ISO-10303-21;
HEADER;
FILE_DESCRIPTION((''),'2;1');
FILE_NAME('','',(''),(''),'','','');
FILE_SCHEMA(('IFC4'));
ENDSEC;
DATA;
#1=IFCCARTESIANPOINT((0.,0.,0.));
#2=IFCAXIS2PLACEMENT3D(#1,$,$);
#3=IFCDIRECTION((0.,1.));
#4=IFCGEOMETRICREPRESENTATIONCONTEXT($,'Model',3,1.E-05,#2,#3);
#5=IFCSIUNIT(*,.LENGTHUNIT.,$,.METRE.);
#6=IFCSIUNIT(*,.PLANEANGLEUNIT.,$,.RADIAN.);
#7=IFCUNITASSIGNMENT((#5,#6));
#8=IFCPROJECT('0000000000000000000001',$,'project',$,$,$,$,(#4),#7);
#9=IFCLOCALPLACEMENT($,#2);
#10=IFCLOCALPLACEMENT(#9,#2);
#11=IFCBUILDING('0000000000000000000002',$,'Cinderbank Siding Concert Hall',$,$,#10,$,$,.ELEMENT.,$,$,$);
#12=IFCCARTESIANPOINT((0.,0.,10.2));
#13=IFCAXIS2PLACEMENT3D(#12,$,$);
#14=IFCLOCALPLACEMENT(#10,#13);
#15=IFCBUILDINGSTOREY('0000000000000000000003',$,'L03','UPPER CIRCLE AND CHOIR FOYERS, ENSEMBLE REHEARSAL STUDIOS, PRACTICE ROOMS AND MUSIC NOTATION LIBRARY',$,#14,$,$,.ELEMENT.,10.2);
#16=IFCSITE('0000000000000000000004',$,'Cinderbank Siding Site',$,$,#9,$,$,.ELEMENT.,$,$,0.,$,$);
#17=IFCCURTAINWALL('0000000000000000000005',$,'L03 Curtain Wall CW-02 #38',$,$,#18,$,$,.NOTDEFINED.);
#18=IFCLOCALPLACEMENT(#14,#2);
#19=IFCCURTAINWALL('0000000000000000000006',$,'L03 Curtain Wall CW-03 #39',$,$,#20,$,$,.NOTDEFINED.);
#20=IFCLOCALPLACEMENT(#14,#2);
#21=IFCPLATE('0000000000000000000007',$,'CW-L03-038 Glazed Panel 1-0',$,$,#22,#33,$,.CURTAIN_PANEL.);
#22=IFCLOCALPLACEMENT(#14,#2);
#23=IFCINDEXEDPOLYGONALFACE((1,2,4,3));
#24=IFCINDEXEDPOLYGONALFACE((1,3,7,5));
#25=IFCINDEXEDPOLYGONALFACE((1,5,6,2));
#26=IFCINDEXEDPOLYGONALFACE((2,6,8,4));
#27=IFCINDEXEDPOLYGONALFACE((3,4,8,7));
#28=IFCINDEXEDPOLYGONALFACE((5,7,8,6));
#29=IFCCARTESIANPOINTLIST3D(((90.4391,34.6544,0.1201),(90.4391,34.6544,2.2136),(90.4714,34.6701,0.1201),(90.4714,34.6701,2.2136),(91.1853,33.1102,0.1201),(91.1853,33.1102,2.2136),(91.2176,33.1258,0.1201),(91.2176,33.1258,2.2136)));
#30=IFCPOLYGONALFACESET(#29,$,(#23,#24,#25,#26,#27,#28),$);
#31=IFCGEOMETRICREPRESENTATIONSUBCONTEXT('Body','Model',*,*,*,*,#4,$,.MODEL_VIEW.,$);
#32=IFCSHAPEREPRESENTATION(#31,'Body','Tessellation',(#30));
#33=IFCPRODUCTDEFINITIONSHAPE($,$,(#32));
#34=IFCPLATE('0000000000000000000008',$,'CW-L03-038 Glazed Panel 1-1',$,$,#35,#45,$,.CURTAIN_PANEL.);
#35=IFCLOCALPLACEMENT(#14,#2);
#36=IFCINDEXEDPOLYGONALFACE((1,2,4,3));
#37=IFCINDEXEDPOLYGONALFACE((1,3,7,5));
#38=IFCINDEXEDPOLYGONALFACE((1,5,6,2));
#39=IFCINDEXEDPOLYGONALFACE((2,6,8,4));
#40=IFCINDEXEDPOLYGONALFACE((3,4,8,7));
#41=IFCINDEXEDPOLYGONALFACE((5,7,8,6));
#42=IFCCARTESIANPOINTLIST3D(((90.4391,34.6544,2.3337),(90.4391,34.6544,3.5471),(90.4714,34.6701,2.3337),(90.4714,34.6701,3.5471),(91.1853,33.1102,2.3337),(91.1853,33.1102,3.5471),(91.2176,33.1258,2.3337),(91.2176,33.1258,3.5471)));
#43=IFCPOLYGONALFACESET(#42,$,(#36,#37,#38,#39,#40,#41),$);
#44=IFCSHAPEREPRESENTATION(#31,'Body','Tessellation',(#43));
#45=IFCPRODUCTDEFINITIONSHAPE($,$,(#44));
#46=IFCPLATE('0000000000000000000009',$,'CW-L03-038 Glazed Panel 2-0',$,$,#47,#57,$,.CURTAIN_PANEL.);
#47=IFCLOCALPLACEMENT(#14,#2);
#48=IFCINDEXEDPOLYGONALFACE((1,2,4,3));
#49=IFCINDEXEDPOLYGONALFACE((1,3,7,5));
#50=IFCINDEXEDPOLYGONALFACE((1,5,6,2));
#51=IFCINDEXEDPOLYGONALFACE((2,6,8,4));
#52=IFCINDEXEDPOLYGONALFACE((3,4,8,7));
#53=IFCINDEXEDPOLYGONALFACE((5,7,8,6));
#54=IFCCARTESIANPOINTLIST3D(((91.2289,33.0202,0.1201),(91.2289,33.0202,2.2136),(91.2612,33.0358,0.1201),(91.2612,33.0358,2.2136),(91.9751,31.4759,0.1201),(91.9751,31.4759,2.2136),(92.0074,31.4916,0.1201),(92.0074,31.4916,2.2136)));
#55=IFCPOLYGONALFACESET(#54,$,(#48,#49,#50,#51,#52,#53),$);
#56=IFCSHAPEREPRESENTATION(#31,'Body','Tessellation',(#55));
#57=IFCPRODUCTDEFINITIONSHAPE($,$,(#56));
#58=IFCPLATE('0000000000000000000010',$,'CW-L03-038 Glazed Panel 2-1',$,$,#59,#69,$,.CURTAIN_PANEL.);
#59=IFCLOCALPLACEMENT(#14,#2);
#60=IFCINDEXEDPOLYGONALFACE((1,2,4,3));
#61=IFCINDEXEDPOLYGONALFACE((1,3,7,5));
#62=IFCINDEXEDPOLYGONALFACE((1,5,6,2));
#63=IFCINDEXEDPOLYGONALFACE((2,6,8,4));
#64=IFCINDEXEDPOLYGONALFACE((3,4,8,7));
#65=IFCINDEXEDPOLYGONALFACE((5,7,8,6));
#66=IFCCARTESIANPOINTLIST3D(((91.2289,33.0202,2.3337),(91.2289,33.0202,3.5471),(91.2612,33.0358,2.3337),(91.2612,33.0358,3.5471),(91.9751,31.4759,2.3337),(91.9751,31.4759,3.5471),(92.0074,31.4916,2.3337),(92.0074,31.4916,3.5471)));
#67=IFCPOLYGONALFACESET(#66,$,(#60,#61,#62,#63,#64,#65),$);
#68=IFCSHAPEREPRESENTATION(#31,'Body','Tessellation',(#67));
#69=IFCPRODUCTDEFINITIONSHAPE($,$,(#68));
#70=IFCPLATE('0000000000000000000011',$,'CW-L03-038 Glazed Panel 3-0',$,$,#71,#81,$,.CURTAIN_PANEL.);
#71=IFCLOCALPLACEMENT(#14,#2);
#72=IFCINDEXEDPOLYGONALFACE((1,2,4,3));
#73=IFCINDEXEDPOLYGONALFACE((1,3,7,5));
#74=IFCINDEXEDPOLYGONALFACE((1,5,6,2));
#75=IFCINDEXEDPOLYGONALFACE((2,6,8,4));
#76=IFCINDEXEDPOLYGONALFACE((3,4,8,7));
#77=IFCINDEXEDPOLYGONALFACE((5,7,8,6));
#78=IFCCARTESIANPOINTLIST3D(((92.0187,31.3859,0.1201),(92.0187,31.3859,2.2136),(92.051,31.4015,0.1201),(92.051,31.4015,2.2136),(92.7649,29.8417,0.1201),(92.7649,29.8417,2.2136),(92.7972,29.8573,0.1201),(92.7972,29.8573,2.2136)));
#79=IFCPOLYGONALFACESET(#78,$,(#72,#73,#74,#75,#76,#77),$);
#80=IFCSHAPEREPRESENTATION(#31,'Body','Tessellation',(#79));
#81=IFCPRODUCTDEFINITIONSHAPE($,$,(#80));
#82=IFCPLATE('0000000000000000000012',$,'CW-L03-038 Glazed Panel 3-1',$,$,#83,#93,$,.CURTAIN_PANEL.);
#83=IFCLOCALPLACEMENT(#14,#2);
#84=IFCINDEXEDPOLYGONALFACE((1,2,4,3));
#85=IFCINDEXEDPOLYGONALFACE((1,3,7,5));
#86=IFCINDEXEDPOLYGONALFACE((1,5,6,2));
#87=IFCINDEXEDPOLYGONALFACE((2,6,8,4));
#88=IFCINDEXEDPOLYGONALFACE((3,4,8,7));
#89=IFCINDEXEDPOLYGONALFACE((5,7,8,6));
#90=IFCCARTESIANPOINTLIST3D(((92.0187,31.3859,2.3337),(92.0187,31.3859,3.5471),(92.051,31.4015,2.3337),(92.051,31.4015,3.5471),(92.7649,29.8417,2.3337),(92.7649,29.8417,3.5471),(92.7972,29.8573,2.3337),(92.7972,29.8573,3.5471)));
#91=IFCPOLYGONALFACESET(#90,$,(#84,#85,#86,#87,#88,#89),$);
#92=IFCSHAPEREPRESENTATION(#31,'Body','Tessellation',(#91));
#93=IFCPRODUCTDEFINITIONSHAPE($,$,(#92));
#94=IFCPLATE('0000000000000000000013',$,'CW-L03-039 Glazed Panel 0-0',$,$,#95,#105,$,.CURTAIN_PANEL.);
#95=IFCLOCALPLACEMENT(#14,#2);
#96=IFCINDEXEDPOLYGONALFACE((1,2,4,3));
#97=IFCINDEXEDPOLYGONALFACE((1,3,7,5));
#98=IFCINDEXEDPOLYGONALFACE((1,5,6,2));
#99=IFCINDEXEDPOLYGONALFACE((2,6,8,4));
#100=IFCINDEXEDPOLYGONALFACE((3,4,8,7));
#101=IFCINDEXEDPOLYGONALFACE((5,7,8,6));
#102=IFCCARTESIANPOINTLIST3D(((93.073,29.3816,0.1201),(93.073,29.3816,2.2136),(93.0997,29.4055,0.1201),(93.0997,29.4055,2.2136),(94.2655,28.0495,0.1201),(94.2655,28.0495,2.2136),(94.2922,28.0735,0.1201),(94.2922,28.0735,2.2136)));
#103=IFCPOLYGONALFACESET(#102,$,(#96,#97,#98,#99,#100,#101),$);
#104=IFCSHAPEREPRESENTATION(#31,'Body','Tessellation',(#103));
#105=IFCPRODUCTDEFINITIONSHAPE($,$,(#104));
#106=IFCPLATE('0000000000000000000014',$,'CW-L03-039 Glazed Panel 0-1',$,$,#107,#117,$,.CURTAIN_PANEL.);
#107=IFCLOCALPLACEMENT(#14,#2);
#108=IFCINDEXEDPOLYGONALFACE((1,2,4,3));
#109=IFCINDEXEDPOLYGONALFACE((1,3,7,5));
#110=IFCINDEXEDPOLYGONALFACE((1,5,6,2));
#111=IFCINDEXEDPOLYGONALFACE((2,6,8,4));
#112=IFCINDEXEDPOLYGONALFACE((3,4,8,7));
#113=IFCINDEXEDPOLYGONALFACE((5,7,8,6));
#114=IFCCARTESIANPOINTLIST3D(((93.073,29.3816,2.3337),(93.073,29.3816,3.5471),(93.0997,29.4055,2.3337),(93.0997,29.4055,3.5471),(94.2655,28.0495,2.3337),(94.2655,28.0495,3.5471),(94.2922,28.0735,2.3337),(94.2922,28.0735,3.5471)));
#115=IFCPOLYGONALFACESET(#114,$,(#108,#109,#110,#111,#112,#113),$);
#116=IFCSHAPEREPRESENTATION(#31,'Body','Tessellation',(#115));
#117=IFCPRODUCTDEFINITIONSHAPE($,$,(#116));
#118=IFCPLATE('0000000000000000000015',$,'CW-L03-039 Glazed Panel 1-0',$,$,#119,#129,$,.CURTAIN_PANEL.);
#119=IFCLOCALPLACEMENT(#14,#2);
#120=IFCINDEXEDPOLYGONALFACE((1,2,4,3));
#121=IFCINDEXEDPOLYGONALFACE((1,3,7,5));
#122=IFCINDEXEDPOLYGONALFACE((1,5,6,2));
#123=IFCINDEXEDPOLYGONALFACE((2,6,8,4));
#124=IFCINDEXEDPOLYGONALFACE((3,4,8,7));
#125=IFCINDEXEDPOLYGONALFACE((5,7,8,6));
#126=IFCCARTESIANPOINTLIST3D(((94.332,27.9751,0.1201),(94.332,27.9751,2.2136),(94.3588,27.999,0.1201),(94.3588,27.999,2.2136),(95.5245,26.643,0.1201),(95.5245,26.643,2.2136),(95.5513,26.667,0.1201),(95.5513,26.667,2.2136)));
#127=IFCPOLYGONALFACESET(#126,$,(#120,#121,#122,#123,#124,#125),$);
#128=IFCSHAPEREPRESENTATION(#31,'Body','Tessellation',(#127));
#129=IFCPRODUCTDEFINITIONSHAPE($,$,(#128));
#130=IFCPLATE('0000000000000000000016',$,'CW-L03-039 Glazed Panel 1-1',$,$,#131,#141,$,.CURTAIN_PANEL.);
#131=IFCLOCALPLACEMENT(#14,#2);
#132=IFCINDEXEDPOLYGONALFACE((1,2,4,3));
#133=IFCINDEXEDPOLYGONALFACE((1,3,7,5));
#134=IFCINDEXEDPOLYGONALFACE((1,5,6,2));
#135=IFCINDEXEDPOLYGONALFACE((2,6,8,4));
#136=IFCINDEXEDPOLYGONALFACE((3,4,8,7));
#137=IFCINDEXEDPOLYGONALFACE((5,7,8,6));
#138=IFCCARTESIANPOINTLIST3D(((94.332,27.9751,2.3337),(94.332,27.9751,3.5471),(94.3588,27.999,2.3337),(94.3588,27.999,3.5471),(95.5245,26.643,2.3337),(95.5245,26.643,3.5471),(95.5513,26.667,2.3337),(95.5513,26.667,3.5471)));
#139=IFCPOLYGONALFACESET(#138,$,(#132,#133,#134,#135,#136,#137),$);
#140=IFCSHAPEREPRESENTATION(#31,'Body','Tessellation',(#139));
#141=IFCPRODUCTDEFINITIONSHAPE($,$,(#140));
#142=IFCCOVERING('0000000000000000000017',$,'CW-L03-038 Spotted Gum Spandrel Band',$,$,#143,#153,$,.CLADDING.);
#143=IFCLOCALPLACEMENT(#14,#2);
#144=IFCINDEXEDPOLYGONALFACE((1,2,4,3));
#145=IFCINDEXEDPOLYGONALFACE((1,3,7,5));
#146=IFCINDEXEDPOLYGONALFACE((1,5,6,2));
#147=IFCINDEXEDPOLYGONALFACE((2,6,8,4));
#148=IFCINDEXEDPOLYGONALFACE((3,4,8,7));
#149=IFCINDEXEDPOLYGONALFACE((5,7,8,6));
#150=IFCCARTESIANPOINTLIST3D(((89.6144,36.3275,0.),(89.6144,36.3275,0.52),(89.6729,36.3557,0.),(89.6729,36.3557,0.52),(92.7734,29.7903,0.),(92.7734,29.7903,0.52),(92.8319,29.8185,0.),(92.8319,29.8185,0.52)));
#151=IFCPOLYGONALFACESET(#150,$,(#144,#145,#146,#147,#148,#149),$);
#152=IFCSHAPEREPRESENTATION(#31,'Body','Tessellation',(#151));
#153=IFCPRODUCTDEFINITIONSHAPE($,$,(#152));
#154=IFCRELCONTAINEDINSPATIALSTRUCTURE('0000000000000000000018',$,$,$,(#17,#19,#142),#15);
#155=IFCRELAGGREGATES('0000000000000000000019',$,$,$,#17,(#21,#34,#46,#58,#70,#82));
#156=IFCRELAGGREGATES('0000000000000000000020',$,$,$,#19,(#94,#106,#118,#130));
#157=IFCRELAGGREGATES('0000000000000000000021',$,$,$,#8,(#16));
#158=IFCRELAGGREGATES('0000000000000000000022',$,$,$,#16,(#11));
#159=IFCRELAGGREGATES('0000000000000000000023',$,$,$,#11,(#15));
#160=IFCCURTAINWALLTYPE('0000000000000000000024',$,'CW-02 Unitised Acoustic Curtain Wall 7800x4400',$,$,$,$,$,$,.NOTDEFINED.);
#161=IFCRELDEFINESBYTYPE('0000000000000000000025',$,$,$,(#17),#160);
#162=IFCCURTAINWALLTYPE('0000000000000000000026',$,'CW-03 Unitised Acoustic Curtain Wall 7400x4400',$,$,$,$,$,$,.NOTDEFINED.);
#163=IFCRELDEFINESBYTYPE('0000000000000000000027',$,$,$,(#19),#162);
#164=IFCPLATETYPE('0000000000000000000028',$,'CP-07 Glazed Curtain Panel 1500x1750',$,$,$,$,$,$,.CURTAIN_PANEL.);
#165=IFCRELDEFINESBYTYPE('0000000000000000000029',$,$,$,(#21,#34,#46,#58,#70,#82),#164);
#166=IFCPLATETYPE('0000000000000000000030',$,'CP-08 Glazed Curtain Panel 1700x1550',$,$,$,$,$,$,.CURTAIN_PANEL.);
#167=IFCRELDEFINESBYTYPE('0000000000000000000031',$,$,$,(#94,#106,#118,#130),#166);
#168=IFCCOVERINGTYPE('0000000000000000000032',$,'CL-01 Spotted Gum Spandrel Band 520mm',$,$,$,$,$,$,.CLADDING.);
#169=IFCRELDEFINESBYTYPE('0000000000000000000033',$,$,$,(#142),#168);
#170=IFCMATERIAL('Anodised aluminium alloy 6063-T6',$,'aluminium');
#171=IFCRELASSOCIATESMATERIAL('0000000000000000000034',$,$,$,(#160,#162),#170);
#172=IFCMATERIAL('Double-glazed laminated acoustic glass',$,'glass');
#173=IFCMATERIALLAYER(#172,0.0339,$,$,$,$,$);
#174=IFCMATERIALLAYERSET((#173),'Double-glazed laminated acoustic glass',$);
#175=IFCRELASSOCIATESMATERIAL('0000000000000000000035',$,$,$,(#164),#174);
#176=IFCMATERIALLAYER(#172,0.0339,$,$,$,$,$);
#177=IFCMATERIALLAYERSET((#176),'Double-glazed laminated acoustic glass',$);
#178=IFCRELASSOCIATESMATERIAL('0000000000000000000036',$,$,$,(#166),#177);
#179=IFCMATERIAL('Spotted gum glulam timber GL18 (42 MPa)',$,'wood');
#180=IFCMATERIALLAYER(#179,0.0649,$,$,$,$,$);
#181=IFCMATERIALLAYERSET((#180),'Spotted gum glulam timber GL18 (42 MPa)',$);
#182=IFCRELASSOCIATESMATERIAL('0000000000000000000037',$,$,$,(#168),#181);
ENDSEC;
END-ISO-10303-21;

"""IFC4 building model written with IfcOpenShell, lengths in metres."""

from ifc_helpers import new_model, si_unit, direction, frame, origin, origin_2d, place, context, subcontext, project, spatial, rectangle, extrude, material, layer, layer_set, type_object, element, aggregate, save


model = new_model("IFC4")

# Units and contexts
model_context = context("Model", 3, precision=1e-05, world=origin(), true_north=direction((0.0, 1.0)))
body_context = subcontext(model_context, "Body", "Model", "MODEL_VIEW")
ifc_project = project(units=[si_unit("LENGTHUNIT", "METRE"), si_unit("PLANEANGLEUNIT", "RADIAN")], contexts=[model_context])

# Site, building, storey
site_placement = place(None, origin())
site = spatial("IfcSite", under=ifc_project, at=site_placement, Name="Cinderbank Siding Site", CompositionType="ELEMENT", RefElevation=0.0)
building_placement = place(site_placement, origin())
building = spatial("IfcBuilding", under=site, at=building_placement, Name="Cinderbank Siding Concert Hall", CompositionType="ELEMENT")
storey_placement = place(building_placement, frame((0.0, 0.0, 10.2)))
storey = spatial("IfcBuildingStorey", under=building, at=storey_placement, Name="L03", Description="UPPER CIRCLE AND CHOIR FOYERS, ENSEMBLE REHEARSAL STUDIOS, PRACTICE ROOMS AND MUSIC NOTATION LIBRARY", CompositionType="ELEMENT", Elevation=10.2)

# Curtain walls
ifc_material_1 = material(Name="Anodised aluminium alloy 6063-T6", Category="aluminium")
curtain_wall_type_1 = type_object("IfcCurtainWallType", Name="CW-02 Unitised Acoustic Curtain Wall 7800x4400", PredefinedType="NOTDEFINED", material=ifc_material_1)
curtain_wall_1_placement = place(storey_placement, origin())
curtain_wall_1 = element("IfcCurtainWall", 1, at=curtain_wall_1_placement, inside=storey, type_object=curtain_wall_type_1, Name="L03 Curtain Wall CW-02 #38", PredefinedType="NOTDEFINED")
curtain_wall_type_2 = type_object("IfcCurtainWallType", Name="CW-03 Unitised Acoustic Curtain Wall 7400x4400", PredefinedType="NOTDEFINED", material=ifc_material_1)
curtain_wall_2_placement = place(storey_placement, origin())
curtain_wall_2 = element("IfcCurtainWall", 2, at=curtain_wall_2_placement, inside=storey, type_object=curtain_wall_type_2, Name="L03 Curtain Wall CW-03 #39", PredefinedType="NOTDEFINED")

# Shared definitions
ifc_material_2 = material(Name="Spotted gum glulam timber GL18 (42 MPa)", Category="wood")

# Plates
ifc_material_3 = material(Name="Double-glazed laminated acoustic glass", Category="glass")
ifc_layer_1 = layer(ifc_material_3, 0.0339)
ifc_layer_set_1 = layer_set([ifc_layer_1], Name="Double-glazed laminated acoustic glass")
plate_type_1 = type_object("IfcPlateType", Name="CP-07 Glazed Curtain Panel 1500x1750", PredefinedType="CURTAIN_PANEL", material=ifc_layer_set_1)
plate_1_placement = place(storey_placement, frame((90.8284, 33.8901, 0.1201), z_axis=(0.0, 0.0, 1.0), x_axis=(0.435102, -0.900381, 0.0)))
plate_1 = element("IfcPlate", 3, at=plate_1_placement, type_object=plate_type_1, Name="CW-L03-038 Glazed Panel 1-0", PredefinedType="CURTAIN_PANEL", context=body_context, shape_type="SweptSolid", body=[
    extrude(rectangle(XDim=1.7151, YDim=0.0359, at=origin_2d()), origin(), (0.0, 0.0, 1.0), 2.0935),
])
plate_2_placement = place(storey_placement, frame((90.8284, 33.8901, 2.3337), z_axis=(0.0, 0.0, 1.0), x_axis=(0.435102, -0.900381, 0.0)))
plate_2 = element("IfcPlate", 4, at=plate_2_placement, type_object=plate_type_1, Name="CW-L03-038 Glazed Panel 1-1", PredefinedType="CURTAIN_PANEL", context=body_context, shape_type="SweptSolid", body=[
    extrude(rectangle(XDim=1.7151, YDim=0.0359, at=origin_2d()), origin(), (0.0, 0.0, 1.0), 1.2134),
])
plate_3_placement = place(storey_placement, frame((91.6182, 32.2559, 0.1201), z_axis=(0.0, 0.0, 1.0), x_axis=(0.435102, -0.900381, 0.0)))
plate_3 = element("IfcPlate", 5, at=plate_3_placement, type_object=plate_type_1, Name="CW-L03-038 Glazed Panel 2-0", PredefinedType="CURTAIN_PANEL", context=body_context, shape_type="SweptSolid", body=[
    extrude(rectangle(XDim=1.7151, YDim=0.0359, at=origin_2d()), origin(), (0.0, 0.0, 1.0), 2.0935),
])
plate_4_placement = place(storey_placement, frame((91.6182, 32.2559, 2.3337), z_axis=(0.0, 0.0, 1.0), x_axis=(0.435102, -0.900381, 0.0)))
plate_4 = element("IfcPlate", 6, at=plate_4_placement, type_object=plate_type_1, Name="CW-L03-038 Glazed Panel 2-1", PredefinedType="CURTAIN_PANEL", context=body_context, shape_type="SweptSolid", body=[
    extrude(rectangle(XDim=1.7151, YDim=0.0359, at=origin_2d()), origin(), (0.0, 0.0, 1.0), 1.2134),
])
plate_5_placement = place(storey_placement, frame((92.408, 30.6216, 0.1201), z_axis=(0.0, 0.0, 1.0), x_axis=(0.435102, -0.900381, 0.0)))
plate_5 = element("IfcPlate", 7, at=plate_5_placement, type_object=plate_type_1, Name="CW-L03-038 Glazed Panel 3-0", PredefinedType="CURTAIN_PANEL", context=body_context, shape_type="SweptSolid", body=[
    extrude(rectangle(XDim=1.7151, YDim=0.0359, at=origin_2d()), origin(), (0.0, 0.0, 1.0), 2.0935),
])
plate_6_placement = place(storey_placement, frame((92.408, 30.6216, 2.3337), z_axis=(0.0, 0.0, 1.0), x_axis=(0.435102, -0.900381, 0.0)))
plate_6 = element("IfcPlate", 8, at=plate_6_placement, type_object=plate_type_1, Name="CW-L03-038 Glazed Panel 3-1", PredefinedType="CURTAIN_PANEL", context=body_context, shape_type="SweptSolid", body=[
    extrude(rectangle(XDim=1.7151, YDim=0.0359, at=origin_2d()), origin(), (0.0, 0.0, 1.0), 1.2134),
])
aggregate(curtain_wall_1, [plate_1, plate_2, plate_3, plate_4, plate_5, plate_6])
ifc_layer_2 = layer(ifc_material_3, 0.0339)
ifc_layer_set_2 = layer_set([ifc_layer_2], Name="Double-glazed laminated acoustic glass")
plate_type_2 = type_object("IfcPlateType", Name="CP-08 Glazed Curtain Panel 1700x1550", PredefinedType="CURTAIN_PANEL", material=ifc_layer_set_2)
plate_7_placement = place(storey_placement, frame((93.6826, 28.7275, 0.1201), z_axis=(0.0, 0.0, 1.0), x_axis=(0.666993, -0.745064, 0.0)))
plate_7 = element("IfcPlate", 9, at=plate_7_placement, type_object=plate_type_2, Name="CW-L03-039 Glazed Panel 0-0", PredefinedType="CURTAIN_PANEL", context=body_context, shape_type="SweptSolid", body=[
    extrude(rectangle(XDim=1.7878, YDim=0.0359, at=origin_2d()), origin(), (0.0, 0.0, 1.0), 2.0935),
])
plate_8_placement = place(storey_placement, frame((93.6826, 28.7275, 2.3337), z_axis=(0.0, 0.0, 1.0), x_axis=(0.666993, -0.745064, 0.0)))
plate_8 = element("IfcPlate", 10, at=plate_8_placement, type_object=plate_type_2, Name="CW-L03-039 Glazed Panel 0-1", PredefinedType="CURTAIN_PANEL", context=body_context, shape_type="SweptSolid", body=[
    extrude(rectangle(XDim=1.7878, YDim=0.0359, at=origin_2d()), origin(), (0.0, 0.0, 1.0), 1.2134),
])
plate_9_placement = place(storey_placement, frame((94.9417, 27.321, 0.1201), z_axis=(0.0, 0.0, 1.0), x_axis=(0.666993, -0.745064, 0.0)))
plate_9 = element("IfcPlate", 11, at=plate_9_placement, type_object=plate_type_2, Name="CW-L03-039 Glazed Panel 1-0", PredefinedType="CURTAIN_PANEL", context=body_context, shape_type="SweptSolid", body=[
    extrude(rectangle(XDim=1.7878, YDim=0.0359, at=origin_2d()), origin(), (0.0, 0.0, 1.0), 2.0935),
])
plate_10_placement = place(storey_placement, frame((94.9417, 27.321, 2.3337), z_axis=(0.0, 0.0, 1.0), x_axis=(0.666993, -0.745064, 0.0)))
plate_10 = element("IfcPlate", 12, at=plate_10_placement, type_object=plate_type_2, Name="CW-L03-039 Glazed Panel 1-1", PredefinedType="CURTAIN_PANEL", context=body_context, shape_type="SweptSolid", body=[
    extrude(rectangle(XDim=1.7878, YDim=0.0359, at=origin_2d()), origin(), (0.0, 0.0, 1.0), 1.2134),
])
aggregate(curtain_wall_2, [plate_7, plate_8, plate_9, plate_10])

# Covering
ifc_layer_3 = layer(ifc_material_2, 0.0649)
ifc_layer_set_3 = layer_set([ifc_layer_3], Name="Spotted gum glulam timber GL18 (42 MPa)")
covering_type = type_object("IfcCoveringType", Name="CL-01 Spotted Gum Spandrel Band 520mm", PredefinedType="CLADDING", material=ifc_layer_set_3)
covering_placement = place(storey_placement, frame((91.2231, 33.073, 0.0), z_axis=(0.0, 0.0, 1.0), x_axis=(0.435102, -0.900381, 0.0)))
element("IfcCovering", 13, at=covering_placement, inside=storey, type_object=covering_type, Name="CW-L03-038 Spotted Gum Spandrel Band", PredefinedType="CLADDING", context=body_context, shape_type="SweptSolid", body=[
    extrude(rectangle(XDim=7.2605, YDim=0.0649, at=origin_2d()), origin(), (0.0, 0.0, 1.0), 0.52),
])

save(model, "model.ifc")
